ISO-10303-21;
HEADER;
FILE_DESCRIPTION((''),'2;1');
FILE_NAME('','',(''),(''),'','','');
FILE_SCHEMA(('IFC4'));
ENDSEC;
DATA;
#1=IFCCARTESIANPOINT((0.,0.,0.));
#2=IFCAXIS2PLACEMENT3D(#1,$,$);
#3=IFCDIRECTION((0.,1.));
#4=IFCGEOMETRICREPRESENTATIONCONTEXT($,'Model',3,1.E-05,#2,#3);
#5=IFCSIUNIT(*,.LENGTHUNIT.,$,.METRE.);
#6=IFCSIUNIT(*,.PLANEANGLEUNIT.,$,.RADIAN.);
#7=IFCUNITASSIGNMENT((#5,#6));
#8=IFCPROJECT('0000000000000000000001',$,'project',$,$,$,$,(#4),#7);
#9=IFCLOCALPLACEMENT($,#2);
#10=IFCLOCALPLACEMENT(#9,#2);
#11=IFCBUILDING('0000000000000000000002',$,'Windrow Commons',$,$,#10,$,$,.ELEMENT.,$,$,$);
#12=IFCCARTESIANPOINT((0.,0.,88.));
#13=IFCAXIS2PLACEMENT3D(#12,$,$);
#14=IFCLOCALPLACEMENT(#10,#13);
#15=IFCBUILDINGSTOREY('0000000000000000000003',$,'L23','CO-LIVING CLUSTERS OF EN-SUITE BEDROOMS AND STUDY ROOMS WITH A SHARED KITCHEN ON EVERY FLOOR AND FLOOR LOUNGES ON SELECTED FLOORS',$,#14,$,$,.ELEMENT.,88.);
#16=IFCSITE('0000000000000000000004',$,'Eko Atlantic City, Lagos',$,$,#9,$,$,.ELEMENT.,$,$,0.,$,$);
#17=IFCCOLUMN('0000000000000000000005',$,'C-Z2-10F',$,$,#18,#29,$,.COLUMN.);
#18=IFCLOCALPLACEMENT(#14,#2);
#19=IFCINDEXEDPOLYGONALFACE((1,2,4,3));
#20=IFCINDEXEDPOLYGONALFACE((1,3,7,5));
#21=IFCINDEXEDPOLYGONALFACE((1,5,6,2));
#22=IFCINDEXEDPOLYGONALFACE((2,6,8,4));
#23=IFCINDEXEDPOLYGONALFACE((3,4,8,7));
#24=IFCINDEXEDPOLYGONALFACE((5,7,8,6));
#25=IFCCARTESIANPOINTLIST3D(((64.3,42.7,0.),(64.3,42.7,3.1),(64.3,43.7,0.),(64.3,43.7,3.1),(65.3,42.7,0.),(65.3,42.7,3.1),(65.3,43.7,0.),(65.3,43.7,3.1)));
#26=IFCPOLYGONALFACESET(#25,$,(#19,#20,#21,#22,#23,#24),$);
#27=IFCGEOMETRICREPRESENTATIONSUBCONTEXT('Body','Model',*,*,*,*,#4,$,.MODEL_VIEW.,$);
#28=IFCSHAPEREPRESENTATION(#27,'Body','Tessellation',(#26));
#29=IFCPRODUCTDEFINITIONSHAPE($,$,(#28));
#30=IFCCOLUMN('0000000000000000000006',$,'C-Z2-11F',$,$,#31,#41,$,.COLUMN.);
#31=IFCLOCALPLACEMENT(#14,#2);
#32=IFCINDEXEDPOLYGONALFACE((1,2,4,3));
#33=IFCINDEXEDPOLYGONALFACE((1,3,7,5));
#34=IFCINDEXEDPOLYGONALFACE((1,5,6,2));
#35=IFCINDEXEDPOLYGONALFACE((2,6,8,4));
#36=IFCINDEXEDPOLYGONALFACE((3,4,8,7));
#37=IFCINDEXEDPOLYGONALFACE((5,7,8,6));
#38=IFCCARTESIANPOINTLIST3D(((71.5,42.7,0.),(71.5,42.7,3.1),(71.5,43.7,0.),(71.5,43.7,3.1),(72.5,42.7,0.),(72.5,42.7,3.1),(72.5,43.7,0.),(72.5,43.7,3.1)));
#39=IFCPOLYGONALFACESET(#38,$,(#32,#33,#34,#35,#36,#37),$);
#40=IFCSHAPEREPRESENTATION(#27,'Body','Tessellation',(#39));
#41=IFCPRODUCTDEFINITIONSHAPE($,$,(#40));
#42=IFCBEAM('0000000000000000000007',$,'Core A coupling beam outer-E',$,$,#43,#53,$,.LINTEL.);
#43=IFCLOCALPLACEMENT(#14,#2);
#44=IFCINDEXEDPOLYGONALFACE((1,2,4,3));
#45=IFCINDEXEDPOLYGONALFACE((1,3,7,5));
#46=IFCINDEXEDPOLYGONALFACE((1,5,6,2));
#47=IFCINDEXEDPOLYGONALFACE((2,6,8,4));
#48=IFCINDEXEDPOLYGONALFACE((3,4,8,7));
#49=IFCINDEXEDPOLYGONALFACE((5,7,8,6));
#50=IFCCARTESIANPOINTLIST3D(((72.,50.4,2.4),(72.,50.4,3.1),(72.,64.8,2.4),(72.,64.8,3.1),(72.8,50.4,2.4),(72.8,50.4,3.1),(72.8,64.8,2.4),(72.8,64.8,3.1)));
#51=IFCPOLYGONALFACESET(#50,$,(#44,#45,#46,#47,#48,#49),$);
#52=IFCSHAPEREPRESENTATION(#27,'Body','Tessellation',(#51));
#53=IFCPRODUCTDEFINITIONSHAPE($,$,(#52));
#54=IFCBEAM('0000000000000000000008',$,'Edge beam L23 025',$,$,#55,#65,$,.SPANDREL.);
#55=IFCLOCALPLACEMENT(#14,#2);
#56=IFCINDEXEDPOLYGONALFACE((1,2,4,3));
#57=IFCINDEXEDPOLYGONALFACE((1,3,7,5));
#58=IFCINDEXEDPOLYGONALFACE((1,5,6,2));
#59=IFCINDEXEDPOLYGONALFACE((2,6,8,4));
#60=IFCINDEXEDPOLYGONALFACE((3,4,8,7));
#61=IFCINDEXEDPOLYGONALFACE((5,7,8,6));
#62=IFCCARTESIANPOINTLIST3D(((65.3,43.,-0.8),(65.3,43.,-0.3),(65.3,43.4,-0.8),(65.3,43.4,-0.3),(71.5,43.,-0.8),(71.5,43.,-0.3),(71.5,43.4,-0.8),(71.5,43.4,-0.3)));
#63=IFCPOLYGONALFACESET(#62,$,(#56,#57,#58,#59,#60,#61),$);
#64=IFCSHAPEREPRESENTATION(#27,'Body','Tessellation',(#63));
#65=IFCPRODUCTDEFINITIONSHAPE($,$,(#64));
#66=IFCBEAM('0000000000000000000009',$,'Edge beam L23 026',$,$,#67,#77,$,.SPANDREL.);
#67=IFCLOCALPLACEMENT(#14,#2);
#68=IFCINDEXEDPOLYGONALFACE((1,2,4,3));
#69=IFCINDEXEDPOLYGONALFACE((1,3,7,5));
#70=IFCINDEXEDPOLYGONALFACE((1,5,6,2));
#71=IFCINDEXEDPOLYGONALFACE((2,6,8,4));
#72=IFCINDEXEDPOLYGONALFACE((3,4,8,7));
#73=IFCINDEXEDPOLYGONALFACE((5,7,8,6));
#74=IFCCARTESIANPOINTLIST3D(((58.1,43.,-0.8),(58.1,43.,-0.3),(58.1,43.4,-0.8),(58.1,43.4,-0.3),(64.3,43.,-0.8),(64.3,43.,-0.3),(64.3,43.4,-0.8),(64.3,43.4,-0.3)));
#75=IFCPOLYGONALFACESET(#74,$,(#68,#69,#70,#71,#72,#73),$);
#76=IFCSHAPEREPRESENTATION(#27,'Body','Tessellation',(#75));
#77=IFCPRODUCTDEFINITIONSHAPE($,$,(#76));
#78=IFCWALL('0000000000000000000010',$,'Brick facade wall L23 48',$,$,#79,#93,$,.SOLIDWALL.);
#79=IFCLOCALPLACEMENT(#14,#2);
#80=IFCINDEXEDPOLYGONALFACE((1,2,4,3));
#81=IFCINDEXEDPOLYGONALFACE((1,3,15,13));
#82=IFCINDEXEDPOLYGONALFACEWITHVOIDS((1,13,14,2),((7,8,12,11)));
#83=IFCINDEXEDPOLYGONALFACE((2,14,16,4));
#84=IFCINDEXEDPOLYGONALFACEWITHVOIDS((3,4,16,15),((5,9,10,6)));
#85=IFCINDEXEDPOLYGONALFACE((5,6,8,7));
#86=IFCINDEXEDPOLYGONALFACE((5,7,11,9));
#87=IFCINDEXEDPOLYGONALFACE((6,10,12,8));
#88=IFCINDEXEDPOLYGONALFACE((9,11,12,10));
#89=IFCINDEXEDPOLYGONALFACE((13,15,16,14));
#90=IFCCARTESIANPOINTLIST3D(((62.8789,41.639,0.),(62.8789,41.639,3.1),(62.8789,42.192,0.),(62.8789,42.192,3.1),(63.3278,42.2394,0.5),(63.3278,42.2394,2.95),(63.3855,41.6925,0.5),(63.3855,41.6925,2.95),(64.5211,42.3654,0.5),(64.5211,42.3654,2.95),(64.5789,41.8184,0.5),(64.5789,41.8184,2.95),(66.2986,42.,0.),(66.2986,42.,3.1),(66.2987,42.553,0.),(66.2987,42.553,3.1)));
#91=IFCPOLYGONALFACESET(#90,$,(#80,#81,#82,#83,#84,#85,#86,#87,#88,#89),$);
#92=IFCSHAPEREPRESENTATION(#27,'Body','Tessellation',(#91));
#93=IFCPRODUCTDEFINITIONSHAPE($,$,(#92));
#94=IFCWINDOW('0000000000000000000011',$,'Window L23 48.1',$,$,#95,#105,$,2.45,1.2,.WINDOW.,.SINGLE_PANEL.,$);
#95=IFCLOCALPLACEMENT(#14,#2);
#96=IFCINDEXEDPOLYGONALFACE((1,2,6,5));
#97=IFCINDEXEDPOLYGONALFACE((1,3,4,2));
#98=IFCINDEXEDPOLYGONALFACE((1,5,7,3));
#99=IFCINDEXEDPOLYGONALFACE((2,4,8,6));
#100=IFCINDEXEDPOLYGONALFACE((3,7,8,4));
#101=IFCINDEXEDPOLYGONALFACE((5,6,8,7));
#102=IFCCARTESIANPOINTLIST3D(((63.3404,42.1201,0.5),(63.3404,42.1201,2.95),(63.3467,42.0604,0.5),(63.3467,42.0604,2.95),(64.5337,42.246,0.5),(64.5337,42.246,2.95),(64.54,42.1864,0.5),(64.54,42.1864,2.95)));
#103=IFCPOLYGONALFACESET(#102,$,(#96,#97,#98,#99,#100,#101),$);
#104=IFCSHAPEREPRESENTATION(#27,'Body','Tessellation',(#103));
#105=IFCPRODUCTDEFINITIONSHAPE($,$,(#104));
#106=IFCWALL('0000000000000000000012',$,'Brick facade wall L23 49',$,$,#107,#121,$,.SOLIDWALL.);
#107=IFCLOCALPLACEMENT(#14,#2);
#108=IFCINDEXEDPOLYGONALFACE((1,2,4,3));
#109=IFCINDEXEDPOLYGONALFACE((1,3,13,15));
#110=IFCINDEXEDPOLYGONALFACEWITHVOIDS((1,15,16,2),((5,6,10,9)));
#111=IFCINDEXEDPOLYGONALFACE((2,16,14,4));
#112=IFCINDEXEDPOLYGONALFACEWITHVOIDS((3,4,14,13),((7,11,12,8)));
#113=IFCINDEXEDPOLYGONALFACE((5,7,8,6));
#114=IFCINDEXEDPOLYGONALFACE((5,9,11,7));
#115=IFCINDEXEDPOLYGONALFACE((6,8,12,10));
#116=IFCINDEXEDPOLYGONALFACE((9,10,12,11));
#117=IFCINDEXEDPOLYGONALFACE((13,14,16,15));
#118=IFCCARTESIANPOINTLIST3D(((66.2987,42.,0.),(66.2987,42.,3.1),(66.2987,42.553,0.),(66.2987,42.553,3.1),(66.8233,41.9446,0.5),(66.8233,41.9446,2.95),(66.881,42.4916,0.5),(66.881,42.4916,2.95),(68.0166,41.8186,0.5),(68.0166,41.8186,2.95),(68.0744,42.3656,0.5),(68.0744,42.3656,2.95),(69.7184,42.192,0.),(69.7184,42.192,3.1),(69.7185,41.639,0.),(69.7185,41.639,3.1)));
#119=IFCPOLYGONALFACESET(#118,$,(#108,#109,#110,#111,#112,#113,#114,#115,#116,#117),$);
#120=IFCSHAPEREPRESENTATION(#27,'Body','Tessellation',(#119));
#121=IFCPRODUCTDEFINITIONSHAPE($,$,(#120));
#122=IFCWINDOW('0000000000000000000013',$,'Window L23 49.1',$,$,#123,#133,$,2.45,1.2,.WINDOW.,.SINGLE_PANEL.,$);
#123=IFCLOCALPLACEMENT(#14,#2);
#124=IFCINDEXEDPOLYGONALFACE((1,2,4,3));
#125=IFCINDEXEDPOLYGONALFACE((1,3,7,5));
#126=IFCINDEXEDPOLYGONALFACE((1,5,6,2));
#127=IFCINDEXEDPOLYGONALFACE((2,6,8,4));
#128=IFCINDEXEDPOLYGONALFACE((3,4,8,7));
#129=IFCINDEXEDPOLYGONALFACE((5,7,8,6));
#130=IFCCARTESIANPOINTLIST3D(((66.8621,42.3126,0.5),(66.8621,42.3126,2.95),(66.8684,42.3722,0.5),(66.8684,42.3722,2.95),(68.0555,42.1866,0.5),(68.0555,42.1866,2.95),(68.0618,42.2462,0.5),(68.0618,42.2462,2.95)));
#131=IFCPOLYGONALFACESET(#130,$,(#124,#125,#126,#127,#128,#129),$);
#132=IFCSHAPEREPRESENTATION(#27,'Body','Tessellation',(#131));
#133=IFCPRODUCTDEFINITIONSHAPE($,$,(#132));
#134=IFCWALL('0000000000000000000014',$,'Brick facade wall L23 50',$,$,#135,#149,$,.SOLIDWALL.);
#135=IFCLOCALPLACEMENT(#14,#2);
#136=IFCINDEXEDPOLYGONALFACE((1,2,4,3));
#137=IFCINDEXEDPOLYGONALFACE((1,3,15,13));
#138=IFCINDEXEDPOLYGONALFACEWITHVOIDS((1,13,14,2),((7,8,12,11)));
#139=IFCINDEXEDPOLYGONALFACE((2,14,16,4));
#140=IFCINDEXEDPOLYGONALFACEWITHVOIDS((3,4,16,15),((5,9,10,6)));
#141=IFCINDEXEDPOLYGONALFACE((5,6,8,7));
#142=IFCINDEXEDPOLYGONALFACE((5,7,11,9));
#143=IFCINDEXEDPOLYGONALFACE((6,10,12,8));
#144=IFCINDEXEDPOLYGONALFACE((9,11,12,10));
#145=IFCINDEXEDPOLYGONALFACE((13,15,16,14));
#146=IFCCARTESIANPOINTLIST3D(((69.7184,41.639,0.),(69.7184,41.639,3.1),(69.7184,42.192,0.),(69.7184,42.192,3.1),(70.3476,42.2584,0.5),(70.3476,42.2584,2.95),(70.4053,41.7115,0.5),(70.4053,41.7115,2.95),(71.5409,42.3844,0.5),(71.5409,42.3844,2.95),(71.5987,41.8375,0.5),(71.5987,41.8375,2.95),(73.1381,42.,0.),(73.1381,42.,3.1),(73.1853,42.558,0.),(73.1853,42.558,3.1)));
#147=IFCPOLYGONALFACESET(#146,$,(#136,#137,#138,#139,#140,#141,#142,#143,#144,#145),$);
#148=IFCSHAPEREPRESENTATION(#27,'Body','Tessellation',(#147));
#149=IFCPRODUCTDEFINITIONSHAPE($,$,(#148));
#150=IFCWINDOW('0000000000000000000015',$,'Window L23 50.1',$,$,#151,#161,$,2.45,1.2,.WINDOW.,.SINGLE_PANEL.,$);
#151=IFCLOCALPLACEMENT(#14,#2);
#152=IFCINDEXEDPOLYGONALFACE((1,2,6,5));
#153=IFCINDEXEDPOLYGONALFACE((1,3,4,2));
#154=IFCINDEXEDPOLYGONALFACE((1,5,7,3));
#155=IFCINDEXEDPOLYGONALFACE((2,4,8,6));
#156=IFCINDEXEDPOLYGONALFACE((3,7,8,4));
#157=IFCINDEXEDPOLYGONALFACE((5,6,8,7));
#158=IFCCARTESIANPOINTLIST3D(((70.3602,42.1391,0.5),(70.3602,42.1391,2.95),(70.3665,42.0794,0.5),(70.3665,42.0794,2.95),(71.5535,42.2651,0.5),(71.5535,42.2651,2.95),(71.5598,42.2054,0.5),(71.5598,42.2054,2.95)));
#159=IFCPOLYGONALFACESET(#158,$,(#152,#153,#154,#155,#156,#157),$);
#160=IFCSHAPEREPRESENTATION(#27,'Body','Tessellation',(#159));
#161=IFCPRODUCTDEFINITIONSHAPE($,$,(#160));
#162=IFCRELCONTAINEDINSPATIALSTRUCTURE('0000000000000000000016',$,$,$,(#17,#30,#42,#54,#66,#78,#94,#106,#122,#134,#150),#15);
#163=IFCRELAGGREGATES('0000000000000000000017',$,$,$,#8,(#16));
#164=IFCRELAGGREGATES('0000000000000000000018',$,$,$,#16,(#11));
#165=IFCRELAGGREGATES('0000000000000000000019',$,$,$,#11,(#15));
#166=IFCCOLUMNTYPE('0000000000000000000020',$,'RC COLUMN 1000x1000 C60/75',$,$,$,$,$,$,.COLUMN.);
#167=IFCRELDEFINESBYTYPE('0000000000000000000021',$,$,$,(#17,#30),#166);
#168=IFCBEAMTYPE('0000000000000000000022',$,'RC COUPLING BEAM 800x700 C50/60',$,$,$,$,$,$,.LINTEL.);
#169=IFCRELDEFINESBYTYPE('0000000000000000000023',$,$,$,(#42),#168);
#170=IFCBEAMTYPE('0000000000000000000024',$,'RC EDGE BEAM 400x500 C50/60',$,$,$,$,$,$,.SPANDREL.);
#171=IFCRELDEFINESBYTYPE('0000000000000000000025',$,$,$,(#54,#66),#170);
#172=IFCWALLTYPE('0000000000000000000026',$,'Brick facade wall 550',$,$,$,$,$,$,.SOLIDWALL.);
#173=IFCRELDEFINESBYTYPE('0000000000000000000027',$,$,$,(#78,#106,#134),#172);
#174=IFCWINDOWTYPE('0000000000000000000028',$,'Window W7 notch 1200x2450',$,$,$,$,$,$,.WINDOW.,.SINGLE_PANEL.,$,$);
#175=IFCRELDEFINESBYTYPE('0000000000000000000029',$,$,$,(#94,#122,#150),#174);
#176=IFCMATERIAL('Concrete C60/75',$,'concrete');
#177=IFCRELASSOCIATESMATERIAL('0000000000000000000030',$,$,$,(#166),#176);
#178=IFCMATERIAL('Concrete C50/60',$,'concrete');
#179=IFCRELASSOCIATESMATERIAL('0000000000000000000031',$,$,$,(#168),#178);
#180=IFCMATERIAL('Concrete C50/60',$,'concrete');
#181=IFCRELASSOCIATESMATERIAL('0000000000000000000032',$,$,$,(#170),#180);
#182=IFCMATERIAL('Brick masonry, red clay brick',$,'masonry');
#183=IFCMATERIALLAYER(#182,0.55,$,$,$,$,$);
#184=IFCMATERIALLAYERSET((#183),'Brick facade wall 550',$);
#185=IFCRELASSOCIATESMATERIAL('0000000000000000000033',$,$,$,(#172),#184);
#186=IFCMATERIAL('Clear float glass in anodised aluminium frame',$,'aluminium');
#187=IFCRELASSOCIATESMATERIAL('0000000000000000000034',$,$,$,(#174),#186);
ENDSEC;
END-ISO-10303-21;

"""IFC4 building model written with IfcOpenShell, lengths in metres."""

from ifc_helpers import new_model, si_unit, direction, frame, frame_2d, origin, origin_2d, place, context, subcontext, project, spatial, polyline, rectangle, outline, extrude, material, layer, layer_set, material_profile, profile_set, type_object, element, fill, save


model = new_model("IFC4")

# Units and contexts
model_context = context("Model", 3, precision=1e-05, world=origin(), true_north=direction((0.0, 1.0)))
body_context = subcontext(model_context, "Body", "Model", "MODEL_VIEW")
ifc_project = project(units=[si_unit("LENGTHUNIT", "METRE"), si_unit("PLANEANGLEUNIT", "RADIAN")], contexts=[model_context])

# Site, building, storey
site_placement = place(None, origin())
site = spatial("IfcSite", under=ifc_project, at=site_placement, Name="Eko Atlantic City, Lagos", CompositionType="ELEMENT", RefElevation=0.0)
building_placement = place(site_placement, origin())
building = spatial("IfcBuilding", under=site, at=building_placement, Name="Windrow Commons", CompositionType="ELEMENT")
storey_placement = place(building_placement, frame((0.0, 0.0, 88.0)))
storey = spatial("IfcBuildingStorey", under=building, at=storey_placement, Name="L23", Description="CO-LIVING CLUSTERS OF EN-SUITE BEDROOMS AND STUDY ROOMS WITH A SHARED KITCHEN ON EVERY FLOOR AND FLOOR LOUNGES ON SELECTED FLOORS", CompositionType="ELEMENT", Elevation=88.0)

# Columns
ifc_material_1 = material(Name="Concrete C60/75", Category="concrete")
ifc_material_profile_1 = material_profile(ifc_material_1, rectangle(XDim=1.0, YDim=1.0, at=origin_2d()))
ifc_profile_set_1 = profile_set([ifc_material_profile_1], Name="Concrete C60/75")
column_type = type_object("IfcColumnType", Name="RC COLUMN 1000x1000 C60/75", PredefinedType="COLUMN", material=ifc_profile_set_1)
for number, where, z_axis, x_axis, name in (
    (1, (64.8, 43.2, 0.0), (0.0, 0.0, 1.0), (1.0, 0.0, 0.0), "C-Z2-10F"),
    (2, (72.0, 43.2, 0.0), (0.0, 0.0, 1.0), (1.0, 0.0, 0.0), "C-Z2-11F"),
):
    element("IfcColumn", number, at=place(storey_placement, frame(where, z_axis=z_axis, x_axis=x_axis)), inside=storey, type_object=column_type, Name=name, PredefinedType="COLUMN", context=body_context, shape_type="SweptSolid", body=[
        extrude(rectangle(XDim=1.0, YDim=1.0, at=origin_2d()), origin(), (0.0, 0.0, 1.0), 3.1),
    ])

# Beams
ifc_material_2 = material(Name="Concrete C50/60", Category="concrete")
ifc_material_profile_2 = material_profile(ifc_material_2, rectangle(XDim=0.8, YDim=0.7, at=origin_2d()))
ifc_profile_set_2 = profile_set([ifc_material_profile_2], Name="Concrete C50/60")
beam_type_1 = type_object("IfcBeamType", Name="RC COUPLING BEAM 800x700 C50/60", PredefinedType="LINTEL", material=ifc_profile_set_2)
beam_placement = place(storey_placement, frame((72.4, 50.4, 2.75), z_axis=(0.0, 1.0, 0.0), x_axis=(-1.0, 0.0, 0.0)))
element("IfcBeam", 3, at=beam_placement, inside=storey, type_object=beam_type_1, Name="Core A coupling beam outer-E", PredefinedType="LINTEL", context=body_context, shape_type="SweptSolid", body=[
    extrude(rectangle(XDim=0.8, YDim=0.7, at=origin_2d()), origin(), (0.0, 0.0, 1.0), 14.4),
])
ifc_material_3 = material(Name="Concrete C50/60", Category="concrete")
ifc_material_profile_3 = material_profile(ifc_material_3, rectangle(XDim=0.4, YDim=0.5, at=origin_2d()))
ifc_profile_set_3 = profile_set([ifc_material_profile_3], Name="Concrete C50/60")
beam_type_2 = type_object("IfcBeamType", Name="RC EDGE BEAM 400x500 C50/60", PredefinedType="SPANDREL", material=ifc_profile_set_3)
for number, where, z_axis, x_axis, name in (
    (4, (71.5, 43.2, -0.55), (-1.0, 0.0, 0.0), (0.0, -1.0, 0.0), "Edge beam L23 025"),
    (5, (64.3, 43.2, -0.55), (-1.0, 0.0, 0.0), (0.0, -1.0, 0.0), "Edge beam L23 026"),
):
    element("IfcBeam", number, at=place(storey_placement, frame(where, z_axis=z_axis, x_axis=x_axis)), inside=storey, type_object=beam_type_2, Name=name, PredefinedType="SPANDREL", context=body_context, shape_type="SweptSolid", body=[
        extrude(rectangle(XDim=0.4, YDim=0.5, at=origin_2d()), origin(), (0.0, 0.0, 1.0), 6.2),
    ])

# Walls, openings, windows
ifc_material_4 = material(Name="Brick masonry, red clay brick", Category="masonry")
ifc_layer_1 = layer(ifc_material_4, 0.55)
ifc_layer_set_1 = layer_set([ifc_layer_1], Name="Brick facade wall 550")
wall_type_1 = type_object("IfcWallType", Name="Brick facade wall 550", PredefinedType="SOLIDWALL", material=ifc_layer_set_1)
wall_1_placement = place(storey_placement, frame((62.8789, 41.9155, 0.0), z_axis=(0.0, 0.0, 1.0), x_axis=(0.994474, 0.104978, 0.0)))
wall_1 = element("IfcWall", 6, at=wall_1_placement, inside=storey, type_object=wall_type_1, Name="Brick facade wall L23 48", PredefinedType="SOLIDWALL", context=body_context, shape_type="SweptSolid", body=[
    extrude(outline(polyline([(-0.029, -0.275), (3.4097, -0.275), (3.4678, 0.275), (0.029, 0.275), (-0.029, -0.275)])), origin(), (0.0, 0.0, 1.0), 3.1),
])
opening_1_placement = place(wall_1_placement, frame((0.4804, 0.0, 0.5)))
opening_1 = element("IfcOpeningElement", 7, at=opening_1_placement, cuts=wall_1, PredefinedType="OPENING", context=body_context, shape_type="SweptSolid", body=[
    extrude(rectangle(XDim=1.2, YDim=2.45, at=frame_2d((0.6, 1.225))), frame((0.0, 0.285, 0.0), z_axis=(0.0, -1.0, 0.0), x_axis=(1.0, 0.0, 0.0)), (0.0, 0.0, 1.0), 0.57),
])
ifc_material_5 = material(Name="Clear float glass in anodised aluminium frame", Category="aluminium")
window_type = type_object("IfcWindowType", Name="Window W7 notch 1200x2450", PartitioningType="SINGLE_PANEL", PredefinedType="WINDOW", material=ifc_material_5)
window_1_placement = place(opening_1_placement, origin())
window_1 = element("IfcWindow", 8, at=window_1_placement, inside=storey, type_object=window_type, Name="Window L23 48.1", OverallHeight=2.45, OverallWidth=1.2, PartitioningType="SINGLE_PANEL", PredefinedType="WINDOW", context=body_context, shape_type="SweptSolid", body=[
    extrude(rectangle(XDim=1.2, YDim=2.45, at=frame_2d((0.6, 1.225))), frame((0.0, 0.155, 0.0), z_axis=(0.0, -1.0, 0.0), x_axis=(1.0, 0.0, 0.0)), (0.0, 0.0, 1.0), 0.06),
])
fill(opening_1, window_1)
wall_2_placement = place(storey_placement, frame((66.2987, 42.2765, 0.0), z_axis=(0.0, 0.0, 1.0), x_axis=(0.994474, -0.104981, 0.0)))
wall_2 = element("IfcWall", 9, at=wall_2_placement, inside=storey, type_object=wall_type_1, Name="Brick facade wall L23 49", PredefinedType="SOLIDWALL", context=body_context, shape_type="SweptSolid", body=[
    extrude(outline(polyline([(0.029, -0.275), (3.4678, -0.275), (3.4097, 0.275), (-0.029, 0.275), (0.029, -0.275)])), origin(), (0.0, 0.0, 1.0), 3.1),
])
opening_2_placement = place(wall_2_placement, frame((0.5565, 0.0, 0.5)))
opening_2 = element("IfcOpeningElement", 10, at=opening_2_placement, cuts=wall_2, PredefinedType="OPENING", context=body_context, shape_type="SweptSolid", body=[
    extrude(rectangle(XDim=1.2, YDim=2.45, at=frame_2d((0.6, 1.225))), frame((0.0, 0.285, 0.0), z_axis=(0.0, -1.0, 0.0), x_axis=(1.0, 0.0, 0.0)), (0.0, 0.0, 1.0), 0.57),
])
window_2_placement = place(opening_2_placement, origin())
window_2 = element("IfcWindow", 11, at=window_2_placement, inside=storey, type_object=window_type, Name="Window L23 49.1", OverallHeight=2.45, OverallWidth=1.2, PartitioningType="SINGLE_PANEL", PredefinedType="WINDOW", context=body_context, shape_type="SweptSolid", body=[
    extrude(rectangle(XDim=1.2, YDim=2.45, at=frame_2d((0.6, 1.225))), frame((0.0, 0.155, 0.0), z_axis=(0.0, -1.0, 0.0), x_axis=(1.0, 0.0, 0.0)), (0.0, 0.0, 1.0), 0.06),
])
fill(opening_2, window_2)
wall_3_placement = place(storey_placement, frame((69.7184, 41.9155, 0.0), z_axis=(0.0, 0.0, 1.0), x_axis=(0.994474, 0.104984, 0.0)))
wall_3 = element("IfcWall", 12, at=wall_3_placement, inside=storey, type_object=wall_type_1, Name="Brick facade wall L23 50", PredefinedType="SOLIDWALL", context=body_context, shape_type="SweptSolid", body=[
    extrude(outline(polyline([(-0.029, -0.275), (3.4097, -0.275), (3.5152, 0.275), (0.029, 0.275), (-0.029, -0.275)])), origin(), (0.0, 0.0, 1.0), 3.1),
])
opening_3_placement = place(wall_3_placement, frame((0.6617, 0.0, 0.5)))
opening_3 = element("IfcOpeningElement", 13, at=opening_3_placement, cuts=wall_3, PredefinedType="OPENING", context=body_context, shape_type="SweptSolid", body=[
    extrude(rectangle(XDim=1.2, YDim=2.45, at=frame_2d((0.6, 1.225))), frame((0.0, 0.285, 0.0), z_axis=(0.0, -1.0, 0.0), x_axis=(1.0, 0.0, 0.0)), (0.0, 0.0, 1.0), 0.57),
])
window_3_placement = place(opening_3_placement, origin())
window_3 = element("IfcWindow", 14, at=window_3_placement, inside=storey, type_object=window_type, Name="Window L23 50.1", OverallHeight=2.45, OverallWidth=1.2, PartitioningType="SINGLE_PANEL", PredefinedType="WINDOW", context=body_context, shape_type="SweptSolid", body=[
    extrude(rectangle(XDim=1.2, YDim=2.45, at=frame_2d((0.6, 1.225))), frame((0.0, 0.155, 0.0), z_axis=(0.0, -1.0, 0.0), x_axis=(1.0, 0.0, 0.0)), (0.0, 0.0, 1.0), 0.06),
])
fill(opening_3, window_3)

save(model, "model.ifc")
